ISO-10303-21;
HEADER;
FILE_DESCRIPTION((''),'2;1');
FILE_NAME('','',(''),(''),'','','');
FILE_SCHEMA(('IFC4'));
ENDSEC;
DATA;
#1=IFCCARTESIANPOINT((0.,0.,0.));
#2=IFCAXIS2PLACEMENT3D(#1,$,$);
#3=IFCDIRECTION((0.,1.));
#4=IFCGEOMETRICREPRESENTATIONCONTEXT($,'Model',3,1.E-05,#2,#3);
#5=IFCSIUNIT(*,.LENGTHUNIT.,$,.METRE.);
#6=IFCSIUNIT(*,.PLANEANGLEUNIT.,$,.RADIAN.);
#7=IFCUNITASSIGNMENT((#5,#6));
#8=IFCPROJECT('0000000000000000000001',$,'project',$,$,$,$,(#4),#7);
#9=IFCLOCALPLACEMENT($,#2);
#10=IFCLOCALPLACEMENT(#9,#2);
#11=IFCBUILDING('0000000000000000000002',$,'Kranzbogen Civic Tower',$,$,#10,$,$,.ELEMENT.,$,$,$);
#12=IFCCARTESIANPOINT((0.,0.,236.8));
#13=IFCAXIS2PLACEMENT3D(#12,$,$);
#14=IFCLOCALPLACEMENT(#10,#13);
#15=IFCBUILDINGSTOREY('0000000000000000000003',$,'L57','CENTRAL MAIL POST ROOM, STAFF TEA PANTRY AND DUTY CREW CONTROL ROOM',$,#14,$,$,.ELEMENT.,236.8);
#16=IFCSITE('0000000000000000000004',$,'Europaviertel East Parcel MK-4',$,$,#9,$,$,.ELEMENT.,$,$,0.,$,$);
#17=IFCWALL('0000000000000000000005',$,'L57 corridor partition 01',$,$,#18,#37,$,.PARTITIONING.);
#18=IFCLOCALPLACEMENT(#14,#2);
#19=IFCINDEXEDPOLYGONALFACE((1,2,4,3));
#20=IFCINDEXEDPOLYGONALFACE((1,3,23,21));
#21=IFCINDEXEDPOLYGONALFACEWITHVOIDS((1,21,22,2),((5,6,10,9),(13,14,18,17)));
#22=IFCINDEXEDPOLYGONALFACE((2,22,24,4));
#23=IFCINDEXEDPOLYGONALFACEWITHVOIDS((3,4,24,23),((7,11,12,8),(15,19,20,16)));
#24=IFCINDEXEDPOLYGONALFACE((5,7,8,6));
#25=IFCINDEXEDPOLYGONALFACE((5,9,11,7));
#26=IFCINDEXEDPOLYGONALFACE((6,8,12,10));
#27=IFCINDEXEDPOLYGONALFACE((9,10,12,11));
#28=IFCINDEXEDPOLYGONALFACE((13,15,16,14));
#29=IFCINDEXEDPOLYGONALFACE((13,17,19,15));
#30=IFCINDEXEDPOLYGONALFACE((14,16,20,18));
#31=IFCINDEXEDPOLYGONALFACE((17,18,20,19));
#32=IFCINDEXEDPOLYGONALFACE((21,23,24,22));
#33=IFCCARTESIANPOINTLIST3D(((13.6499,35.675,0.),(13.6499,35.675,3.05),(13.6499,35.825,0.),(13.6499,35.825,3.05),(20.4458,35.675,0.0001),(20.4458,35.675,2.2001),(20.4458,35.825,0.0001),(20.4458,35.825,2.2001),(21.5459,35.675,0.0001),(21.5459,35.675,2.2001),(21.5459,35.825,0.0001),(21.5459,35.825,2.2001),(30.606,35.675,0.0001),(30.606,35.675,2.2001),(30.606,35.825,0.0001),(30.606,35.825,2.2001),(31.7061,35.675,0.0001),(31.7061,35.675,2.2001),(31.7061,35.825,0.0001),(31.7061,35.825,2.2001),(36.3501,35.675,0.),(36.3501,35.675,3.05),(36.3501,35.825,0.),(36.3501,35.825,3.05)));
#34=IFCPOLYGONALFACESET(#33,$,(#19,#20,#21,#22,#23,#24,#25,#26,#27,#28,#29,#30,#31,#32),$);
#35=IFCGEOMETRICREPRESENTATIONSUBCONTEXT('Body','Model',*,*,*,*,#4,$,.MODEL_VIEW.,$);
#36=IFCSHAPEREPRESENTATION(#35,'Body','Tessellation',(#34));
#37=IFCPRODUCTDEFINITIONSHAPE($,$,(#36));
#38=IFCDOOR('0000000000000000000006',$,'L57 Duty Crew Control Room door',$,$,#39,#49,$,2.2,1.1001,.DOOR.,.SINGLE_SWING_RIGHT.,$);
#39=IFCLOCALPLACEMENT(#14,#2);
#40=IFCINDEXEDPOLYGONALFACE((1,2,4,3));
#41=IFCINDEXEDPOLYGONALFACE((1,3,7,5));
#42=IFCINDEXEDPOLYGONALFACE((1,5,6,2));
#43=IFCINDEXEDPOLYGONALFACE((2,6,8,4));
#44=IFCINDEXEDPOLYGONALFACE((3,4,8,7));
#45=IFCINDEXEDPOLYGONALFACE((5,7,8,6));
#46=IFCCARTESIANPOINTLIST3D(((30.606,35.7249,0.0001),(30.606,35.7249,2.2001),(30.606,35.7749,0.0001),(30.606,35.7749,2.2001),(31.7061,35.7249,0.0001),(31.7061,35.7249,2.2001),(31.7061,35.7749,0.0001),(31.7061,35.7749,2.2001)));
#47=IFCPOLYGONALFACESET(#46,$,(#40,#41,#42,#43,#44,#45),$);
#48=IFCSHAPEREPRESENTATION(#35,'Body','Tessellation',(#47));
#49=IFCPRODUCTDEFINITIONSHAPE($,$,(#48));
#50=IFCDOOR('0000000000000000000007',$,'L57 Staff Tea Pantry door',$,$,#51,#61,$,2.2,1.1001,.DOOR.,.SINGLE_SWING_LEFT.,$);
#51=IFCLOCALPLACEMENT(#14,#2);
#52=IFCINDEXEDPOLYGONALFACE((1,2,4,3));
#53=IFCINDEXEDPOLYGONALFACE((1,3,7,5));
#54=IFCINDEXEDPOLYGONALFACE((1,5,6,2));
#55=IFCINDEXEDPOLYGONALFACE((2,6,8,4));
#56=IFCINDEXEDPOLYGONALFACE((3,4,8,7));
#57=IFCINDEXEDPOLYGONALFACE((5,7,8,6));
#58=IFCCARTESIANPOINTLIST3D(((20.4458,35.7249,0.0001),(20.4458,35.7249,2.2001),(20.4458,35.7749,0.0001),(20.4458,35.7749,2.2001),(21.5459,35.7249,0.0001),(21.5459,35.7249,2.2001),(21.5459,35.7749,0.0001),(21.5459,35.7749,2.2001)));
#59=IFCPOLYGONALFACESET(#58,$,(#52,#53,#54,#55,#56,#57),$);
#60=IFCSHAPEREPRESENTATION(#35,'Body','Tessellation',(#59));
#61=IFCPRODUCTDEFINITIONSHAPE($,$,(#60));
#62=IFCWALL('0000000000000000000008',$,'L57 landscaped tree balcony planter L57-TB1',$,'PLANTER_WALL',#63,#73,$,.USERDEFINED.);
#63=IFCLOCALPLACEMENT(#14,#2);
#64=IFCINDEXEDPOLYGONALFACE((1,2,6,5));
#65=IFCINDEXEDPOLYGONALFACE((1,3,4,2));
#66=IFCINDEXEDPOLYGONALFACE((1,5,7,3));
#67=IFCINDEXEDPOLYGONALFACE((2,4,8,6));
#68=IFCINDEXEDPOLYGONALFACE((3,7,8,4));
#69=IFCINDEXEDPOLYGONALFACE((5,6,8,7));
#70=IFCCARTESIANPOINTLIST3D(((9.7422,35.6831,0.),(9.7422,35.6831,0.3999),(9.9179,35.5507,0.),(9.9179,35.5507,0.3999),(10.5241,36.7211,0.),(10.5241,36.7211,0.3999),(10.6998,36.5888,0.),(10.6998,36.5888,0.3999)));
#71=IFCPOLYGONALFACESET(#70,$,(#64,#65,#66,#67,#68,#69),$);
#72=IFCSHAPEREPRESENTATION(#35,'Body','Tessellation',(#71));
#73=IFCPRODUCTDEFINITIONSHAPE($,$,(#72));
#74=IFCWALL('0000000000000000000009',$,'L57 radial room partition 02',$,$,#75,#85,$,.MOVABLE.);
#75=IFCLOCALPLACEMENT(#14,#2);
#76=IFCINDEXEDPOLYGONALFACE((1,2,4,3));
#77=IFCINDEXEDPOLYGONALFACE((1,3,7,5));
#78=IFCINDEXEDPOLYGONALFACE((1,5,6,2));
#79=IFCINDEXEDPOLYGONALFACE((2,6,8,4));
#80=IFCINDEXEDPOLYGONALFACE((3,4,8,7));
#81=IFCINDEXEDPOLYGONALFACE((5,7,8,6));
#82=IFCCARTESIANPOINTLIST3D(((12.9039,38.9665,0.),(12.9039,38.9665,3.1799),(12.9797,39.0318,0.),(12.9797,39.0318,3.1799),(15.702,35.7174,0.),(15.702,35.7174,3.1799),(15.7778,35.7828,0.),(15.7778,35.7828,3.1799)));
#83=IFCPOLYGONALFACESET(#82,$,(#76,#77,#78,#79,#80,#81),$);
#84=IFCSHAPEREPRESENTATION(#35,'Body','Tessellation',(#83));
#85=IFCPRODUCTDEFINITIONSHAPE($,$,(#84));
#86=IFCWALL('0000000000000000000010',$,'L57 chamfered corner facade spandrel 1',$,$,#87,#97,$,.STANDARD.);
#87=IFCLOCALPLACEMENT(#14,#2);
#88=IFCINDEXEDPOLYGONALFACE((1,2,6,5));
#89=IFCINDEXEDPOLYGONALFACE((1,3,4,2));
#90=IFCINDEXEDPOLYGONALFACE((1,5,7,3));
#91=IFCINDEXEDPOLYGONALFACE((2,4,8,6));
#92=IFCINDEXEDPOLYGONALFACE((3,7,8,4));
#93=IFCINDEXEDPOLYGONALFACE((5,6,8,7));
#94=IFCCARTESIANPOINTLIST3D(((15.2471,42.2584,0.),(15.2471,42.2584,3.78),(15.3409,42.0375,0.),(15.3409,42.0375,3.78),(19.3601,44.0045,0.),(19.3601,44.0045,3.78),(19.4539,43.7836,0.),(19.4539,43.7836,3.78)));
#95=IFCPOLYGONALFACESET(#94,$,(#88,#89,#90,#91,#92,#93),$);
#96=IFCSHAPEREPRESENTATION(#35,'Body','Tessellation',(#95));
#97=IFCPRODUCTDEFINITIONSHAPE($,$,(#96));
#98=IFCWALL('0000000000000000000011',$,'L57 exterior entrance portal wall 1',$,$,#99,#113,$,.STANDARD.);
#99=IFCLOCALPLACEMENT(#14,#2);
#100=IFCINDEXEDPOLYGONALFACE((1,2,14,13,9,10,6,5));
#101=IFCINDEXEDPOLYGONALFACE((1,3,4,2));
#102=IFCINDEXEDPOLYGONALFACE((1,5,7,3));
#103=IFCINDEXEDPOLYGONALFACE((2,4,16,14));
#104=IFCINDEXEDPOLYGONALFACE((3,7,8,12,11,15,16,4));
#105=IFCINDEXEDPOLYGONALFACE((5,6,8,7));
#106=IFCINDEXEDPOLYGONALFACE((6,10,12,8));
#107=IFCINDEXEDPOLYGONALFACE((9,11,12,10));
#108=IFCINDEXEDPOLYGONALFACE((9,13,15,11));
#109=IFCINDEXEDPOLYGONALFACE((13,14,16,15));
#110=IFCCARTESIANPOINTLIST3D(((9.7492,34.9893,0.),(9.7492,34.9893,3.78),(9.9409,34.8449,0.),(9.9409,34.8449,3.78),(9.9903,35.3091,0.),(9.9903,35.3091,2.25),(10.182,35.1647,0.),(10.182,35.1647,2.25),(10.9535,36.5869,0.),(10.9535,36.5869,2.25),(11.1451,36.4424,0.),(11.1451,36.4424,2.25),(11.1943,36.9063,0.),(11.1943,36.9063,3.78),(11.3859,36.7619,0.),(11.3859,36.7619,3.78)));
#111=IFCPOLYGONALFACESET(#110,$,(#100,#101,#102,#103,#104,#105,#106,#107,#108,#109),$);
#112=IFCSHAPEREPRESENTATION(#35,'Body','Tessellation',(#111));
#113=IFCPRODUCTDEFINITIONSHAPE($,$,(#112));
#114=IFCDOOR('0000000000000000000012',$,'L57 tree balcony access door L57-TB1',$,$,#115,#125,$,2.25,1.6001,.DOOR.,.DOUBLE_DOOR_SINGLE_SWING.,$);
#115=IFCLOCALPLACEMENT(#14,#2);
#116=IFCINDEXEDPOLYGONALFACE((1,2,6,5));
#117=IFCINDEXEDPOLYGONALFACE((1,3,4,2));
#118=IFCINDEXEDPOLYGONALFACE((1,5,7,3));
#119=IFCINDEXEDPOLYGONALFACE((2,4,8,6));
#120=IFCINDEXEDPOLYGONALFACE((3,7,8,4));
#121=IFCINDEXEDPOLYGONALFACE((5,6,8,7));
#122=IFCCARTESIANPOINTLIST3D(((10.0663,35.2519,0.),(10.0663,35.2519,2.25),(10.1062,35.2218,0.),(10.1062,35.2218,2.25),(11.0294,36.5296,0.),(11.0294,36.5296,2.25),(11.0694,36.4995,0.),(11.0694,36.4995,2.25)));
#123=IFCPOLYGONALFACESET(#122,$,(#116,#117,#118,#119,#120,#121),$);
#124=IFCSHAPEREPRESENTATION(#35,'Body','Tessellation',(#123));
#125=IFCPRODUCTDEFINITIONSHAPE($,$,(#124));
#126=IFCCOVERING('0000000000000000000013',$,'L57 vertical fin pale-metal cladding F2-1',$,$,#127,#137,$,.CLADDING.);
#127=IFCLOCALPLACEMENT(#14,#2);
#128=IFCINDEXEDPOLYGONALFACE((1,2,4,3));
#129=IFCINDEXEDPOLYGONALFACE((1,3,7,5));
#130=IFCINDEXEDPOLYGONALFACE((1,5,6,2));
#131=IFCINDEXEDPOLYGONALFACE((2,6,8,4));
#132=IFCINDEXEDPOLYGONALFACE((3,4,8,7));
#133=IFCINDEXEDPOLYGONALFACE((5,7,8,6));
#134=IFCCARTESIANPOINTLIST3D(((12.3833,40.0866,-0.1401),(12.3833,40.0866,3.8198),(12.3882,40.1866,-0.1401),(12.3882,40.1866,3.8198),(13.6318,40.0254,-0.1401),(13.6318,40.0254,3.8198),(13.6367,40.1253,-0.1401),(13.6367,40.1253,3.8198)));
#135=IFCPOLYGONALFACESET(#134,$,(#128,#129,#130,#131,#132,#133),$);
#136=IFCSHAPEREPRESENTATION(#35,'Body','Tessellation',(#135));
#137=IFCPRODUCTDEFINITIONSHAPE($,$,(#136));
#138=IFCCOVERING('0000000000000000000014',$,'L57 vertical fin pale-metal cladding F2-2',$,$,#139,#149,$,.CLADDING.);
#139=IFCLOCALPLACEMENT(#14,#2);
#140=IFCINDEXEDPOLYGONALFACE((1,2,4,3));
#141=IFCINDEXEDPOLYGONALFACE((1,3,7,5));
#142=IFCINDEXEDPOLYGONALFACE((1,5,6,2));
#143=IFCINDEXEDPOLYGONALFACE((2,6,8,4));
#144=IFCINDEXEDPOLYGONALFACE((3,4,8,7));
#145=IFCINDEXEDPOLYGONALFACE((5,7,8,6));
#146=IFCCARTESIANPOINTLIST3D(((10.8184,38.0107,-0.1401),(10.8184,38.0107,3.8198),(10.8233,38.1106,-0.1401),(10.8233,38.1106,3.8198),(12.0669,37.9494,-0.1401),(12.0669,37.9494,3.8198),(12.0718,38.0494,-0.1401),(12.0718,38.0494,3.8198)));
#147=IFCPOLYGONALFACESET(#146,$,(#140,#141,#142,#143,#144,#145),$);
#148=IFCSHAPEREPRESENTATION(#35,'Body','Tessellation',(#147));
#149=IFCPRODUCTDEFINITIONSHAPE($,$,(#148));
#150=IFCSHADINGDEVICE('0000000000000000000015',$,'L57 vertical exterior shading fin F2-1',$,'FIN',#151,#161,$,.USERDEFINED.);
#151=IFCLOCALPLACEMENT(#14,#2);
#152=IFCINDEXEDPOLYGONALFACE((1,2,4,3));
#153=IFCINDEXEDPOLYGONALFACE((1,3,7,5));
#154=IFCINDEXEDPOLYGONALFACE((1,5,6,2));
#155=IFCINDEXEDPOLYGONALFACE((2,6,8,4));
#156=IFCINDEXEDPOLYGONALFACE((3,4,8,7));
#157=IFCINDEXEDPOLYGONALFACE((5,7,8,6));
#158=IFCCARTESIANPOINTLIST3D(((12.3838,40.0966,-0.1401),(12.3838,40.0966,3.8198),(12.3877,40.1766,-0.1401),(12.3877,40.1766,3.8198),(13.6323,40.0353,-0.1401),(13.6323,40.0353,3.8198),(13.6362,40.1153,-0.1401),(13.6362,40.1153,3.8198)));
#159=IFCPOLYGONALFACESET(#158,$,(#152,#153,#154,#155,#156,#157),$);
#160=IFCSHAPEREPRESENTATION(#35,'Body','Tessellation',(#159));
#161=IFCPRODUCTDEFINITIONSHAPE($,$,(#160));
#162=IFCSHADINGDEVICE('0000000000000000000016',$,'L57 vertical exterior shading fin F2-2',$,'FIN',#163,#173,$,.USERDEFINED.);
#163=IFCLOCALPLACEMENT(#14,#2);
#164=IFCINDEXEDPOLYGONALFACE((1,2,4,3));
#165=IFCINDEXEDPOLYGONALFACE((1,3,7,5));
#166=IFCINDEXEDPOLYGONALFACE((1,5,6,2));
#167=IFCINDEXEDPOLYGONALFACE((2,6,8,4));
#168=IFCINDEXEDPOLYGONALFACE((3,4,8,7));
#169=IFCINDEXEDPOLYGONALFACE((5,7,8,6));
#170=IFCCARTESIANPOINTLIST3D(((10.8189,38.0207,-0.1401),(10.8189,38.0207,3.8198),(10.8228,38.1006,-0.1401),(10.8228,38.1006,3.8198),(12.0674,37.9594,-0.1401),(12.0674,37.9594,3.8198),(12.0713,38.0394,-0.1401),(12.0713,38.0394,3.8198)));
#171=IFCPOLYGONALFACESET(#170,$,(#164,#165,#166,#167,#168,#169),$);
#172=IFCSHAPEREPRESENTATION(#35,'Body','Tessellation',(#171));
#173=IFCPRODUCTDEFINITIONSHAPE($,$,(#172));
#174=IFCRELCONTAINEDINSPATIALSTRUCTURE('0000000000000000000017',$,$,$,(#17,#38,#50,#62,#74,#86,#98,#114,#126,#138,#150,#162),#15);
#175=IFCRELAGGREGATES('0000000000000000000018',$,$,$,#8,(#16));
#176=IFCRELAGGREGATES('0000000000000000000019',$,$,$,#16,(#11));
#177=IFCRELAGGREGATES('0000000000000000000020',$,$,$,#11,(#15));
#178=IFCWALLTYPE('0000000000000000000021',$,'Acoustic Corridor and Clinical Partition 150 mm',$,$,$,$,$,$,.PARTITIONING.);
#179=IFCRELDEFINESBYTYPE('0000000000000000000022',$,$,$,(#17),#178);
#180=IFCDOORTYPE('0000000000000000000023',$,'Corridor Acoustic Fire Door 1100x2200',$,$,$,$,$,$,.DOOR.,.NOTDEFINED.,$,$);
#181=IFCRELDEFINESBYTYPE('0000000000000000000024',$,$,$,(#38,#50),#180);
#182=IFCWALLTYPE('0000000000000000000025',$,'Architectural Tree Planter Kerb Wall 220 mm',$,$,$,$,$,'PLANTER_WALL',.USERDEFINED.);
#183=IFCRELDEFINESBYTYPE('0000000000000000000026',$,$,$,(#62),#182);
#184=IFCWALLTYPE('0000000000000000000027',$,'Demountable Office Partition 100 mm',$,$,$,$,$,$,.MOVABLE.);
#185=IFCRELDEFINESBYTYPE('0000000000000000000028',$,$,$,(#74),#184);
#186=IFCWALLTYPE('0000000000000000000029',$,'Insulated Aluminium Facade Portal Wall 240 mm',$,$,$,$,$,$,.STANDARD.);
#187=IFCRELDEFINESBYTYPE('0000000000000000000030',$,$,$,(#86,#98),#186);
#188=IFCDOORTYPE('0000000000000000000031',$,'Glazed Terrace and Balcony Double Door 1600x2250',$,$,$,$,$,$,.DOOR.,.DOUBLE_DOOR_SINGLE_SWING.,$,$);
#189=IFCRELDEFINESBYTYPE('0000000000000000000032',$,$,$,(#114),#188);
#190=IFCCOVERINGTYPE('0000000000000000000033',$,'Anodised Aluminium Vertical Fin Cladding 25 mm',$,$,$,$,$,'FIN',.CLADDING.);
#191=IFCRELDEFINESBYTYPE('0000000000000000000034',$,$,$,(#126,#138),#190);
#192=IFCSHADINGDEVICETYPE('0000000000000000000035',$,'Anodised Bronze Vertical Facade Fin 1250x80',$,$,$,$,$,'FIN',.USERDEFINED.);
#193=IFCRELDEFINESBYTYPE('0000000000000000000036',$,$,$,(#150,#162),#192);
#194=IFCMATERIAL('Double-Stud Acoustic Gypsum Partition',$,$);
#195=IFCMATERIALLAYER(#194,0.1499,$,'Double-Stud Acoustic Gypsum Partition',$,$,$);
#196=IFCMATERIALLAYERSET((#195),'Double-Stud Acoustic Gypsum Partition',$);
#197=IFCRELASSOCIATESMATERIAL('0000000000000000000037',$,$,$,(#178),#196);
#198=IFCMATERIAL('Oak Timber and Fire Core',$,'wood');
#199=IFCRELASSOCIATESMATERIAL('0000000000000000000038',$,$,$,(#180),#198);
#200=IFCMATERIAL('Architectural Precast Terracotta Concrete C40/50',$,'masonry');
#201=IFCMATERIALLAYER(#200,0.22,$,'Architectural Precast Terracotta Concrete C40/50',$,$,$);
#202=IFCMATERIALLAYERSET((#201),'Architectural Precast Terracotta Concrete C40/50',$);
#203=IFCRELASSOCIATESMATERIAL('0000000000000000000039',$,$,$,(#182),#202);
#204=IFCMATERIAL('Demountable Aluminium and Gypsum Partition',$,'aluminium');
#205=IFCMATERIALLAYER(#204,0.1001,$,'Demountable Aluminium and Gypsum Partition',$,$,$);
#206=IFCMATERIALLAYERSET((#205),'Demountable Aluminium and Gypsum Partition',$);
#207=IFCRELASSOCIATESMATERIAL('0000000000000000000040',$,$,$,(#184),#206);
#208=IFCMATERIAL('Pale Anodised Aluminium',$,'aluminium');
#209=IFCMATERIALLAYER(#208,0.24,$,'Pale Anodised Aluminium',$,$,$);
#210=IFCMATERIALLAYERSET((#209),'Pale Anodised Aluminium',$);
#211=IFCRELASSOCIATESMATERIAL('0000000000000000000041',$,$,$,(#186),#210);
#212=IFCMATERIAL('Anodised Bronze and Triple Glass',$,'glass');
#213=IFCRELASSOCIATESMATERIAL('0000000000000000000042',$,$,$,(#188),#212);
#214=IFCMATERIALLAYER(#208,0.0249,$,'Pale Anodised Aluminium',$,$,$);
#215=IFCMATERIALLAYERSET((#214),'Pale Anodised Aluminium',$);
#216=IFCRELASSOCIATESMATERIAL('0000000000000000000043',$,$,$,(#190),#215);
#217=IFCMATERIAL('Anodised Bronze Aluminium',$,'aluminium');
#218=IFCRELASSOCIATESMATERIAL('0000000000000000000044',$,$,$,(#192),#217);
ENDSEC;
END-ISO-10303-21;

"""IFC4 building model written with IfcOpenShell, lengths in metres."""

from ifc_helpers import new_model, si_unit, direction, frame, frame_2d, origin, origin_2d, place, context, subcontext, project, spatial, rectangle, extrude, material, layer, layer_set, type_object, element, fill, save


model = new_model("IFC4")

# Units and contexts
model_context = context("Model", 3, precision=1e-05, world=origin(), true_north=direction((0.0, 1.0)))
body_context = subcontext(model_context, "Body", "Model", "MODEL_VIEW")
ifc_project = project(units=[si_unit("LENGTHUNIT", "METRE"), si_unit("PLANEANGLEUNIT", "RADIAN")], contexts=[model_context])

# Site, building, storey
site_placement = place(None, origin())
site = spatial("IfcSite", under=ifc_project, at=site_placement, Name="Europaviertel East Parcel MK-4", CompositionType="ELEMENT", RefElevation=0.0)
building_placement = place(site_placement, origin())
building = spatial("IfcBuilding", under=site, at=building_placement, Name="Kranzbogen Civic Tower", CompositionType="ELEMENT")
storey_placement = place(building_placement, frame((0.0, 0.0, 236.8)))
storey = spatial("IfcBuildingStorey", under=building, at=storey_placement, Name="L57", Description="CENTRAL MAIL POST ROOM, STAFF TEA PANTRY AND DUTY CREW CONTROL ROOM", CompositionType="ELEMENT", Elevation=236.8)

# Shared definitions
ifc_material_1 = material(Name="Pale Anodised Aluminium", Category="aluminium")

# Wall, openings, doors
ifc_material_2 = material(Name="Double-Stud Acoustic Gypsum Partition")
ifc_layer_1 = layer(ifc_material_2, 0.1499, Name="Double-Stud Acoustic Gypsum Partition")
ifc_layer_set_1 = layer_set([ifc_layer_1], Name="Double-Stud Acoustic Gypsum Partition")
wall_type_1 = type_object("IfcWallType", Name="Acoustic Corridor and Clinical Partition 150 mm", PredefinedType="PARTITIONING", material=ifc_layer_set_1)
wall_1_placement = place(storey_placement, frame((13.6499, 35.75, 0.0), z_axis=(0.0, 0.0, 1.0), x_axis=(1.0, 0.0, 0.0)))
wall_1 = element("IfcWall", 1, at=wall_1_placement, inside=storey, type_object=wall_type_1, Name="L57 corridor partition 01", PredefinedType="PARTITIONING", context=body_context, shape_type="SweptSolid", body=[
    extrude(rectangle(XDim=22.7002, YDim=0.1499, at=frame_2d((11.3501, 0.0))), origin(), (0.0, 0.0, 1.0), 3.05),
])
opening_1_placement = place(wall_1_placement, frame((16.9561, 0.0, 0.0)))
opening_1 = element("IfcOpeningElement", 2, at=opening_1_placement, cuts=wall_1, PredefinedType="OPENING", context=body_context, shape_type="SweptSolid", body=[
    extrude(rectangle(XDim=1.1001, YDim=2.2, at=frame_2d((0.55, 1.1001))), frame((0.0, 0.085, 0.0), z_axis=(0.0, -1.0, 0.0), x_axis=(1.0, 0.0, 0.0)), (0.0, 0.0, 1.0), 0.1699),
])
opening_2_placement = place(wall_1_placement, frame((6.7959, 0.0, 0.0)))
opening_2 = element("IfcOpeningElement", 3, at=opening_2_placement, cuts=wall_1, PredefinedType="OPENING", context=body_context, shape_type="SweptSolid", body=[
    extrude(rectangle(XDim=1.1001, YDim=2.2, at=frame_2d((0.55, 1.1001))), frame((0.0, 0.085, 0.0), z_axis=(0.0, -1.0, 0.0), x_axis=(1.0, 0.0, 0.0)), (0.0, 0.0, 1.0), 0.1699),
])
ifc_material_3 = material(Name="Oak Timber and Fire Core", Category="wood")
door_type_1 = type_object("IfcDoorType", Name="Corridor Acoustic Fire Door 1100x2200", OperationType="NOTDEFINED", PredefinedType="DOOR", material=ifc_material_3)
door_1_placement = place(opening_1_placement, origin())
door_1 = element("IfcDoor", 4, at=door_1_placement, inside=storey, type_object=door_type_1, Name="L57 Duty Crew Control Room door", OperationType="SINGLE_SWING_RIGHT", OverallHeight=2.2, OverallWidth=1.1001, PredefinedType="DOOR", context=body_context, shape_type="SweptSolid", body=[
    extrude(rectangle(XDim=1.1001, YDim=2.2, at=frame_2d((0.55, 1.1001))), frame((0.0, 0.0249, 0.0), z_axis=(0.0, -1.0, 0.0), x_axis=(1.0, 0.0, 0.0)), (0.0, 0.0, 1.0), 0.05),
])
fill(opening_1, door_1)
door_2_placement = place(opening_2_placement, origin())
door_2 = element("IfcDoor", 5, at=door_2_placement, inside=storey, type_object=door_type_1, Name="L57 Staff Tea Pantry door", OperationType="SINGLE_SWING_LEFT", OverallHeight=2.2, OverallWidth=1.1001, PredefinedType="DOOR", context=body_context, shape_type="SweptSolid", body=[
    extrude(rectangle(XDim=1.1001, YDim=2.2, at=frame_2d((0.55, 1.1001))), frame((0.0, 0.0249, 0.0), z_axis=(0.0, -1.0, 0.0), x_axis=(1.0, 0.0, 0.0)), (0.0, 0.0, 1.0), 0.05),
])
fill(opening_2, door_2)

# Walls
ifc_material_4 = material(Name="Architectural Precast Terracotta Concrete C40/50", Category="masonry")
ifc_layer_2 = layer(ifc_material_4, 0.22, Name="Architectural Precast Terracotta Concrete C40/50")
ifc_layer_set_2 = layer_set([ifc_layer_2], Name="Architectural Precast Terracotta Concrete C40/50")
wall_type_2 = type_object("IfcWallType", Name="Architectural Tree Planter Kerb Wall 220 mm", ElementType="PLANTER_WALL", PredefinedType="USERDEFINED", material=ifc_layer_set_2)
wall_2_placement = place(storey_placement, frame((10.6121, 36.655, 0.0), z_axis=(0.0, 0.0, 1.0), x_axis=(-0.601682, -0.798736, 0.0)))
element("IfcWall", 6, at=wall_2_placement, inside=storey, type_object=wall_type_2, Name="L57 landscaped tree balcony planter L57-TB1", ObjectType="PLANTER_WALL", PredefinedType="USERDEFINED", context=body_context, shape_type="SweptSolid", body=[
    extrude(rectangle(XDim=1.2996, YDim=0.22, at=frame_2d((0.6499, 0.0))), origin(), (0.0, 0.0, 1.0), 0.3999),
])
ifc_material_5 = material(Name="Demountable Aluminium and Gypsum Partition", Category="aluminium")
ifc_layer_3 = layer(ifc_material_5, 0.1001, Name="Demountable Aluminium and Gypsum Partition")
ifc_layer_set_3 = layer_set([ifc_layer_3], Name="Demountable Aluminium and Gypsum Partition")
wall_type_3 = type_object("IfcWallType", Name="Demountable Office Partition 100 mm", PredefinedType="MOVABLE", material=ifc_layer_set_3)
wall_3_placement = place(storey_placement, frame((15.74, 35.75, 0.0), z_axis=(0.0, 0.0, 1.0), x_axis=(-0.652567, 0.757731, 0.0)))
element("IfcWall", 7, at=wall_3_placement, inside=storey, type_object=wall_type_3, Name="L57 radial room partition 02", PredefinedType="MOVABLE", context=body_context, shape_type="SweptSolid", body=[
    extrude(rectangle(XDim=4.2878, YDim=0.1001, at=frame_2d((2.144, 0.0))), origin(), (0.0, 0.0, 1.0), 3.1799),
])
ifc_layer_4 = layer(ifc_material_1, 0.24, Name="Pale Anodised Aluminium")
ifc_layer_set_4 = layer_set([ifc_layer_4], Name="Pale Anodised Aluminium")
wall_type_4 = type_object("IfcWallType", Name="Insulated Aluminium Facade Portal Wall 240 mm", PredefinedType="STANDARD", material=ifc_layer_set_4)
wall_4_placement = place(storey_placement, frame((19.407, 43.894, 0.0), z_axis=(0.0, 0.0, 1.0), x_axis=(-0.920488, -0.390772, 0.0)))
element("IfcWall", 8, at=wall_4_placement, inside=storey, type_object=wall_type_4, Name="L57 chamfered corner facade spandrel 1", PredefinedType="STANDARD", context=body_context, shape_type="SweptSolid", body=[
    extrude(rectangle(XDim=4.4683, YDim=0.24, at=frame_2d((2.2341, 0.0))), origin(), (0.0, 0.0, 1.0), 3.78),
])

# Wall, opening, door
wall_5_placement = place(storey_placement, frame((11.29, 36.834, 0.0), z_axis=(0.0, 0.0, 1.0), x_axis=(-0.601951, -0.798533, 0.0)))
wall_5 = element("IfcWall", 9, at=wall_5_placement, inside=storey, type_object=wall_type_4, Name="L57 exterior entrance portal wall 1", PredefinedType="STANDARD", context=body_context, shape_type="SweptSolid", body=[
    extrude(rectangle(XDim=2.4006, YDim=0.24, at=frame_2d((1.2002, 0.0))), origin(), (0.0, 0.0, 1.0), 3.78),
])
opening_3_placement = place(wall_5_placement, frame((0.3999, 0.0, 0.0)))
opening_3 = element("IfcOpeningElement", 10, at=opening_3_placement, cuts=wall_5, PredefinedType="OPENING", context=body_context, shape_type="SweptSolid", body=[
    extrude(rectangle(XDim=1.6001, YDim=2.25, at=frame_2d((0.8, 1.125))), frame((0.0, 0.1299, 0.0), z_axis=(0.0, -1.0, 0.0), x_axis=(1.0, 0.0, 0.0)), (0.0, 0.0, 1.0), 0.26),
])
ifc_material_6 = material(Name="Anodised Bronze and Triple Glass", Category="glass")
door_type_2 = type_object("IfcDoorType", Name="Glazed Terrace and Balcony Double Door 1600x2250", OperationType="DOUBLE_DOOR_SINGLE_SWING", PredefinedType="DOOR", material=ifc_material_6)
door_3_placement = place(opening_3_placement, frame((1.6001, 0.0, 0.0), z_axis=(0.0, 0.0, 1.0), x_axis=(-1.0, 0.0, 0.0)))
door_3 = element("IfcDoor", 11, at=door_3_placement, inside=storey, type_object=door_type_2, Name="L57 tree balcony access door L57-TB1", OperationType="DOUBLE_DOOR_SINGLE_SWING", OverallHeight=2.25, OverallWidth=1.6001, PredefinedType="DOOR", context=body_context, shape_type="SweptSolid", body=[
    extrude(rectangle(XDim=1.6001, YDim=2.25, at=frame_2d((0.8, 1.125))), frame((0.0, 0.0249, 0.0), z_axis=(0.0, -1.0, 0.0), x_axis=(1.0, 0.0, 0.0)), (0.0, 0.0, 1.0), 0.05),
])
fill(opening_3, door_3)

# Coverings
ifc_layer_5 = layer(ifc_material_1, 0.0249, Name="Pale Anodised Aluminium")
ifc_layer_set_5 = layer_set([ifc_layer_5], Name="Pale Anodised Aluminium")
covering_type = type_object("IfcCoveringType", Name="Anodised Aluminium Vertical Fin Cladding 25 mm", ElementType="FIN", PredefinedType="CLADDING", material=ifc_layer_set_5)
for number, where, z_axis, x_axis, name in (
    (12, (13.01, 40.106, -0.1401), (0.0, 0.0, 1.0), (-0.998799, 0.048989, 0.0), "L57 vertical fin pale-metal cladding F2-1"),
    (13, (11.4451, 38.03, -0.1401), (0.0, 0.0, 1.0), (-0.998799, 0.048989, 0.0), "L57 vertical fin pale-metal cladding F2-2"),
):
    element("IfcCovering", number, at=place(storey_placement, frame(where, z_axis=z_axis, x_axis=x_axis)), inside=storey, type_object=covering_type, Name=name, PredefinedType="CLADDING", context=body_context, shape_type="SweptSolid", body=[
        extrude(rectangle(XDim=1.25, YDim=0.1001, at=origin_2d()), origin(), (0.0, 0.0, 1.0), 3.96),
    ])

# Shading devices
ifc_material_7 = material(Name="Anodised Bronze Aluminium", Category="aluminium")
shading_device_type = type_object("IfcShadingDeviceType", Name="Anodised Bronze Vertical Facade Fin 1250x80", ElementType="FIN", PredefinedType="USERDEFINED", material=ifc_material_7)
for number, where, z_axis, x_axis, name in (
    (14, (13.01, 40.106, -0.1401), (0.0, 0.0, 1.0), (-0.998799, 0.048989, 0.0), "L57 vertical exterior shading fin F2-1"),
    (15, (11.4451, 38.03, -0.1401), (0.0, 0.0, 1.0), (-0.998799, 0.048989, 0.0), "L57 vertical exterior shading fin F2-2"),
):
    element("IfcShadingDevice", number, at=place(storey_placement, frame(where, z_axis=z_axis, x_axis=x_axis)), inside=storey, type_object=shading_device_type, Name=name, ObjectType="FIN", PredefinedType="USERDEFINED", context=body_context, shape_type="SweptSolid", body=[
        extrude(rectangle(XDim=1.25, YDim=0.0801, at=origin_2d()), origin(), (0.0, 0.0, 1.0), 3.96),
    ])

save(model, "model.ifc")
